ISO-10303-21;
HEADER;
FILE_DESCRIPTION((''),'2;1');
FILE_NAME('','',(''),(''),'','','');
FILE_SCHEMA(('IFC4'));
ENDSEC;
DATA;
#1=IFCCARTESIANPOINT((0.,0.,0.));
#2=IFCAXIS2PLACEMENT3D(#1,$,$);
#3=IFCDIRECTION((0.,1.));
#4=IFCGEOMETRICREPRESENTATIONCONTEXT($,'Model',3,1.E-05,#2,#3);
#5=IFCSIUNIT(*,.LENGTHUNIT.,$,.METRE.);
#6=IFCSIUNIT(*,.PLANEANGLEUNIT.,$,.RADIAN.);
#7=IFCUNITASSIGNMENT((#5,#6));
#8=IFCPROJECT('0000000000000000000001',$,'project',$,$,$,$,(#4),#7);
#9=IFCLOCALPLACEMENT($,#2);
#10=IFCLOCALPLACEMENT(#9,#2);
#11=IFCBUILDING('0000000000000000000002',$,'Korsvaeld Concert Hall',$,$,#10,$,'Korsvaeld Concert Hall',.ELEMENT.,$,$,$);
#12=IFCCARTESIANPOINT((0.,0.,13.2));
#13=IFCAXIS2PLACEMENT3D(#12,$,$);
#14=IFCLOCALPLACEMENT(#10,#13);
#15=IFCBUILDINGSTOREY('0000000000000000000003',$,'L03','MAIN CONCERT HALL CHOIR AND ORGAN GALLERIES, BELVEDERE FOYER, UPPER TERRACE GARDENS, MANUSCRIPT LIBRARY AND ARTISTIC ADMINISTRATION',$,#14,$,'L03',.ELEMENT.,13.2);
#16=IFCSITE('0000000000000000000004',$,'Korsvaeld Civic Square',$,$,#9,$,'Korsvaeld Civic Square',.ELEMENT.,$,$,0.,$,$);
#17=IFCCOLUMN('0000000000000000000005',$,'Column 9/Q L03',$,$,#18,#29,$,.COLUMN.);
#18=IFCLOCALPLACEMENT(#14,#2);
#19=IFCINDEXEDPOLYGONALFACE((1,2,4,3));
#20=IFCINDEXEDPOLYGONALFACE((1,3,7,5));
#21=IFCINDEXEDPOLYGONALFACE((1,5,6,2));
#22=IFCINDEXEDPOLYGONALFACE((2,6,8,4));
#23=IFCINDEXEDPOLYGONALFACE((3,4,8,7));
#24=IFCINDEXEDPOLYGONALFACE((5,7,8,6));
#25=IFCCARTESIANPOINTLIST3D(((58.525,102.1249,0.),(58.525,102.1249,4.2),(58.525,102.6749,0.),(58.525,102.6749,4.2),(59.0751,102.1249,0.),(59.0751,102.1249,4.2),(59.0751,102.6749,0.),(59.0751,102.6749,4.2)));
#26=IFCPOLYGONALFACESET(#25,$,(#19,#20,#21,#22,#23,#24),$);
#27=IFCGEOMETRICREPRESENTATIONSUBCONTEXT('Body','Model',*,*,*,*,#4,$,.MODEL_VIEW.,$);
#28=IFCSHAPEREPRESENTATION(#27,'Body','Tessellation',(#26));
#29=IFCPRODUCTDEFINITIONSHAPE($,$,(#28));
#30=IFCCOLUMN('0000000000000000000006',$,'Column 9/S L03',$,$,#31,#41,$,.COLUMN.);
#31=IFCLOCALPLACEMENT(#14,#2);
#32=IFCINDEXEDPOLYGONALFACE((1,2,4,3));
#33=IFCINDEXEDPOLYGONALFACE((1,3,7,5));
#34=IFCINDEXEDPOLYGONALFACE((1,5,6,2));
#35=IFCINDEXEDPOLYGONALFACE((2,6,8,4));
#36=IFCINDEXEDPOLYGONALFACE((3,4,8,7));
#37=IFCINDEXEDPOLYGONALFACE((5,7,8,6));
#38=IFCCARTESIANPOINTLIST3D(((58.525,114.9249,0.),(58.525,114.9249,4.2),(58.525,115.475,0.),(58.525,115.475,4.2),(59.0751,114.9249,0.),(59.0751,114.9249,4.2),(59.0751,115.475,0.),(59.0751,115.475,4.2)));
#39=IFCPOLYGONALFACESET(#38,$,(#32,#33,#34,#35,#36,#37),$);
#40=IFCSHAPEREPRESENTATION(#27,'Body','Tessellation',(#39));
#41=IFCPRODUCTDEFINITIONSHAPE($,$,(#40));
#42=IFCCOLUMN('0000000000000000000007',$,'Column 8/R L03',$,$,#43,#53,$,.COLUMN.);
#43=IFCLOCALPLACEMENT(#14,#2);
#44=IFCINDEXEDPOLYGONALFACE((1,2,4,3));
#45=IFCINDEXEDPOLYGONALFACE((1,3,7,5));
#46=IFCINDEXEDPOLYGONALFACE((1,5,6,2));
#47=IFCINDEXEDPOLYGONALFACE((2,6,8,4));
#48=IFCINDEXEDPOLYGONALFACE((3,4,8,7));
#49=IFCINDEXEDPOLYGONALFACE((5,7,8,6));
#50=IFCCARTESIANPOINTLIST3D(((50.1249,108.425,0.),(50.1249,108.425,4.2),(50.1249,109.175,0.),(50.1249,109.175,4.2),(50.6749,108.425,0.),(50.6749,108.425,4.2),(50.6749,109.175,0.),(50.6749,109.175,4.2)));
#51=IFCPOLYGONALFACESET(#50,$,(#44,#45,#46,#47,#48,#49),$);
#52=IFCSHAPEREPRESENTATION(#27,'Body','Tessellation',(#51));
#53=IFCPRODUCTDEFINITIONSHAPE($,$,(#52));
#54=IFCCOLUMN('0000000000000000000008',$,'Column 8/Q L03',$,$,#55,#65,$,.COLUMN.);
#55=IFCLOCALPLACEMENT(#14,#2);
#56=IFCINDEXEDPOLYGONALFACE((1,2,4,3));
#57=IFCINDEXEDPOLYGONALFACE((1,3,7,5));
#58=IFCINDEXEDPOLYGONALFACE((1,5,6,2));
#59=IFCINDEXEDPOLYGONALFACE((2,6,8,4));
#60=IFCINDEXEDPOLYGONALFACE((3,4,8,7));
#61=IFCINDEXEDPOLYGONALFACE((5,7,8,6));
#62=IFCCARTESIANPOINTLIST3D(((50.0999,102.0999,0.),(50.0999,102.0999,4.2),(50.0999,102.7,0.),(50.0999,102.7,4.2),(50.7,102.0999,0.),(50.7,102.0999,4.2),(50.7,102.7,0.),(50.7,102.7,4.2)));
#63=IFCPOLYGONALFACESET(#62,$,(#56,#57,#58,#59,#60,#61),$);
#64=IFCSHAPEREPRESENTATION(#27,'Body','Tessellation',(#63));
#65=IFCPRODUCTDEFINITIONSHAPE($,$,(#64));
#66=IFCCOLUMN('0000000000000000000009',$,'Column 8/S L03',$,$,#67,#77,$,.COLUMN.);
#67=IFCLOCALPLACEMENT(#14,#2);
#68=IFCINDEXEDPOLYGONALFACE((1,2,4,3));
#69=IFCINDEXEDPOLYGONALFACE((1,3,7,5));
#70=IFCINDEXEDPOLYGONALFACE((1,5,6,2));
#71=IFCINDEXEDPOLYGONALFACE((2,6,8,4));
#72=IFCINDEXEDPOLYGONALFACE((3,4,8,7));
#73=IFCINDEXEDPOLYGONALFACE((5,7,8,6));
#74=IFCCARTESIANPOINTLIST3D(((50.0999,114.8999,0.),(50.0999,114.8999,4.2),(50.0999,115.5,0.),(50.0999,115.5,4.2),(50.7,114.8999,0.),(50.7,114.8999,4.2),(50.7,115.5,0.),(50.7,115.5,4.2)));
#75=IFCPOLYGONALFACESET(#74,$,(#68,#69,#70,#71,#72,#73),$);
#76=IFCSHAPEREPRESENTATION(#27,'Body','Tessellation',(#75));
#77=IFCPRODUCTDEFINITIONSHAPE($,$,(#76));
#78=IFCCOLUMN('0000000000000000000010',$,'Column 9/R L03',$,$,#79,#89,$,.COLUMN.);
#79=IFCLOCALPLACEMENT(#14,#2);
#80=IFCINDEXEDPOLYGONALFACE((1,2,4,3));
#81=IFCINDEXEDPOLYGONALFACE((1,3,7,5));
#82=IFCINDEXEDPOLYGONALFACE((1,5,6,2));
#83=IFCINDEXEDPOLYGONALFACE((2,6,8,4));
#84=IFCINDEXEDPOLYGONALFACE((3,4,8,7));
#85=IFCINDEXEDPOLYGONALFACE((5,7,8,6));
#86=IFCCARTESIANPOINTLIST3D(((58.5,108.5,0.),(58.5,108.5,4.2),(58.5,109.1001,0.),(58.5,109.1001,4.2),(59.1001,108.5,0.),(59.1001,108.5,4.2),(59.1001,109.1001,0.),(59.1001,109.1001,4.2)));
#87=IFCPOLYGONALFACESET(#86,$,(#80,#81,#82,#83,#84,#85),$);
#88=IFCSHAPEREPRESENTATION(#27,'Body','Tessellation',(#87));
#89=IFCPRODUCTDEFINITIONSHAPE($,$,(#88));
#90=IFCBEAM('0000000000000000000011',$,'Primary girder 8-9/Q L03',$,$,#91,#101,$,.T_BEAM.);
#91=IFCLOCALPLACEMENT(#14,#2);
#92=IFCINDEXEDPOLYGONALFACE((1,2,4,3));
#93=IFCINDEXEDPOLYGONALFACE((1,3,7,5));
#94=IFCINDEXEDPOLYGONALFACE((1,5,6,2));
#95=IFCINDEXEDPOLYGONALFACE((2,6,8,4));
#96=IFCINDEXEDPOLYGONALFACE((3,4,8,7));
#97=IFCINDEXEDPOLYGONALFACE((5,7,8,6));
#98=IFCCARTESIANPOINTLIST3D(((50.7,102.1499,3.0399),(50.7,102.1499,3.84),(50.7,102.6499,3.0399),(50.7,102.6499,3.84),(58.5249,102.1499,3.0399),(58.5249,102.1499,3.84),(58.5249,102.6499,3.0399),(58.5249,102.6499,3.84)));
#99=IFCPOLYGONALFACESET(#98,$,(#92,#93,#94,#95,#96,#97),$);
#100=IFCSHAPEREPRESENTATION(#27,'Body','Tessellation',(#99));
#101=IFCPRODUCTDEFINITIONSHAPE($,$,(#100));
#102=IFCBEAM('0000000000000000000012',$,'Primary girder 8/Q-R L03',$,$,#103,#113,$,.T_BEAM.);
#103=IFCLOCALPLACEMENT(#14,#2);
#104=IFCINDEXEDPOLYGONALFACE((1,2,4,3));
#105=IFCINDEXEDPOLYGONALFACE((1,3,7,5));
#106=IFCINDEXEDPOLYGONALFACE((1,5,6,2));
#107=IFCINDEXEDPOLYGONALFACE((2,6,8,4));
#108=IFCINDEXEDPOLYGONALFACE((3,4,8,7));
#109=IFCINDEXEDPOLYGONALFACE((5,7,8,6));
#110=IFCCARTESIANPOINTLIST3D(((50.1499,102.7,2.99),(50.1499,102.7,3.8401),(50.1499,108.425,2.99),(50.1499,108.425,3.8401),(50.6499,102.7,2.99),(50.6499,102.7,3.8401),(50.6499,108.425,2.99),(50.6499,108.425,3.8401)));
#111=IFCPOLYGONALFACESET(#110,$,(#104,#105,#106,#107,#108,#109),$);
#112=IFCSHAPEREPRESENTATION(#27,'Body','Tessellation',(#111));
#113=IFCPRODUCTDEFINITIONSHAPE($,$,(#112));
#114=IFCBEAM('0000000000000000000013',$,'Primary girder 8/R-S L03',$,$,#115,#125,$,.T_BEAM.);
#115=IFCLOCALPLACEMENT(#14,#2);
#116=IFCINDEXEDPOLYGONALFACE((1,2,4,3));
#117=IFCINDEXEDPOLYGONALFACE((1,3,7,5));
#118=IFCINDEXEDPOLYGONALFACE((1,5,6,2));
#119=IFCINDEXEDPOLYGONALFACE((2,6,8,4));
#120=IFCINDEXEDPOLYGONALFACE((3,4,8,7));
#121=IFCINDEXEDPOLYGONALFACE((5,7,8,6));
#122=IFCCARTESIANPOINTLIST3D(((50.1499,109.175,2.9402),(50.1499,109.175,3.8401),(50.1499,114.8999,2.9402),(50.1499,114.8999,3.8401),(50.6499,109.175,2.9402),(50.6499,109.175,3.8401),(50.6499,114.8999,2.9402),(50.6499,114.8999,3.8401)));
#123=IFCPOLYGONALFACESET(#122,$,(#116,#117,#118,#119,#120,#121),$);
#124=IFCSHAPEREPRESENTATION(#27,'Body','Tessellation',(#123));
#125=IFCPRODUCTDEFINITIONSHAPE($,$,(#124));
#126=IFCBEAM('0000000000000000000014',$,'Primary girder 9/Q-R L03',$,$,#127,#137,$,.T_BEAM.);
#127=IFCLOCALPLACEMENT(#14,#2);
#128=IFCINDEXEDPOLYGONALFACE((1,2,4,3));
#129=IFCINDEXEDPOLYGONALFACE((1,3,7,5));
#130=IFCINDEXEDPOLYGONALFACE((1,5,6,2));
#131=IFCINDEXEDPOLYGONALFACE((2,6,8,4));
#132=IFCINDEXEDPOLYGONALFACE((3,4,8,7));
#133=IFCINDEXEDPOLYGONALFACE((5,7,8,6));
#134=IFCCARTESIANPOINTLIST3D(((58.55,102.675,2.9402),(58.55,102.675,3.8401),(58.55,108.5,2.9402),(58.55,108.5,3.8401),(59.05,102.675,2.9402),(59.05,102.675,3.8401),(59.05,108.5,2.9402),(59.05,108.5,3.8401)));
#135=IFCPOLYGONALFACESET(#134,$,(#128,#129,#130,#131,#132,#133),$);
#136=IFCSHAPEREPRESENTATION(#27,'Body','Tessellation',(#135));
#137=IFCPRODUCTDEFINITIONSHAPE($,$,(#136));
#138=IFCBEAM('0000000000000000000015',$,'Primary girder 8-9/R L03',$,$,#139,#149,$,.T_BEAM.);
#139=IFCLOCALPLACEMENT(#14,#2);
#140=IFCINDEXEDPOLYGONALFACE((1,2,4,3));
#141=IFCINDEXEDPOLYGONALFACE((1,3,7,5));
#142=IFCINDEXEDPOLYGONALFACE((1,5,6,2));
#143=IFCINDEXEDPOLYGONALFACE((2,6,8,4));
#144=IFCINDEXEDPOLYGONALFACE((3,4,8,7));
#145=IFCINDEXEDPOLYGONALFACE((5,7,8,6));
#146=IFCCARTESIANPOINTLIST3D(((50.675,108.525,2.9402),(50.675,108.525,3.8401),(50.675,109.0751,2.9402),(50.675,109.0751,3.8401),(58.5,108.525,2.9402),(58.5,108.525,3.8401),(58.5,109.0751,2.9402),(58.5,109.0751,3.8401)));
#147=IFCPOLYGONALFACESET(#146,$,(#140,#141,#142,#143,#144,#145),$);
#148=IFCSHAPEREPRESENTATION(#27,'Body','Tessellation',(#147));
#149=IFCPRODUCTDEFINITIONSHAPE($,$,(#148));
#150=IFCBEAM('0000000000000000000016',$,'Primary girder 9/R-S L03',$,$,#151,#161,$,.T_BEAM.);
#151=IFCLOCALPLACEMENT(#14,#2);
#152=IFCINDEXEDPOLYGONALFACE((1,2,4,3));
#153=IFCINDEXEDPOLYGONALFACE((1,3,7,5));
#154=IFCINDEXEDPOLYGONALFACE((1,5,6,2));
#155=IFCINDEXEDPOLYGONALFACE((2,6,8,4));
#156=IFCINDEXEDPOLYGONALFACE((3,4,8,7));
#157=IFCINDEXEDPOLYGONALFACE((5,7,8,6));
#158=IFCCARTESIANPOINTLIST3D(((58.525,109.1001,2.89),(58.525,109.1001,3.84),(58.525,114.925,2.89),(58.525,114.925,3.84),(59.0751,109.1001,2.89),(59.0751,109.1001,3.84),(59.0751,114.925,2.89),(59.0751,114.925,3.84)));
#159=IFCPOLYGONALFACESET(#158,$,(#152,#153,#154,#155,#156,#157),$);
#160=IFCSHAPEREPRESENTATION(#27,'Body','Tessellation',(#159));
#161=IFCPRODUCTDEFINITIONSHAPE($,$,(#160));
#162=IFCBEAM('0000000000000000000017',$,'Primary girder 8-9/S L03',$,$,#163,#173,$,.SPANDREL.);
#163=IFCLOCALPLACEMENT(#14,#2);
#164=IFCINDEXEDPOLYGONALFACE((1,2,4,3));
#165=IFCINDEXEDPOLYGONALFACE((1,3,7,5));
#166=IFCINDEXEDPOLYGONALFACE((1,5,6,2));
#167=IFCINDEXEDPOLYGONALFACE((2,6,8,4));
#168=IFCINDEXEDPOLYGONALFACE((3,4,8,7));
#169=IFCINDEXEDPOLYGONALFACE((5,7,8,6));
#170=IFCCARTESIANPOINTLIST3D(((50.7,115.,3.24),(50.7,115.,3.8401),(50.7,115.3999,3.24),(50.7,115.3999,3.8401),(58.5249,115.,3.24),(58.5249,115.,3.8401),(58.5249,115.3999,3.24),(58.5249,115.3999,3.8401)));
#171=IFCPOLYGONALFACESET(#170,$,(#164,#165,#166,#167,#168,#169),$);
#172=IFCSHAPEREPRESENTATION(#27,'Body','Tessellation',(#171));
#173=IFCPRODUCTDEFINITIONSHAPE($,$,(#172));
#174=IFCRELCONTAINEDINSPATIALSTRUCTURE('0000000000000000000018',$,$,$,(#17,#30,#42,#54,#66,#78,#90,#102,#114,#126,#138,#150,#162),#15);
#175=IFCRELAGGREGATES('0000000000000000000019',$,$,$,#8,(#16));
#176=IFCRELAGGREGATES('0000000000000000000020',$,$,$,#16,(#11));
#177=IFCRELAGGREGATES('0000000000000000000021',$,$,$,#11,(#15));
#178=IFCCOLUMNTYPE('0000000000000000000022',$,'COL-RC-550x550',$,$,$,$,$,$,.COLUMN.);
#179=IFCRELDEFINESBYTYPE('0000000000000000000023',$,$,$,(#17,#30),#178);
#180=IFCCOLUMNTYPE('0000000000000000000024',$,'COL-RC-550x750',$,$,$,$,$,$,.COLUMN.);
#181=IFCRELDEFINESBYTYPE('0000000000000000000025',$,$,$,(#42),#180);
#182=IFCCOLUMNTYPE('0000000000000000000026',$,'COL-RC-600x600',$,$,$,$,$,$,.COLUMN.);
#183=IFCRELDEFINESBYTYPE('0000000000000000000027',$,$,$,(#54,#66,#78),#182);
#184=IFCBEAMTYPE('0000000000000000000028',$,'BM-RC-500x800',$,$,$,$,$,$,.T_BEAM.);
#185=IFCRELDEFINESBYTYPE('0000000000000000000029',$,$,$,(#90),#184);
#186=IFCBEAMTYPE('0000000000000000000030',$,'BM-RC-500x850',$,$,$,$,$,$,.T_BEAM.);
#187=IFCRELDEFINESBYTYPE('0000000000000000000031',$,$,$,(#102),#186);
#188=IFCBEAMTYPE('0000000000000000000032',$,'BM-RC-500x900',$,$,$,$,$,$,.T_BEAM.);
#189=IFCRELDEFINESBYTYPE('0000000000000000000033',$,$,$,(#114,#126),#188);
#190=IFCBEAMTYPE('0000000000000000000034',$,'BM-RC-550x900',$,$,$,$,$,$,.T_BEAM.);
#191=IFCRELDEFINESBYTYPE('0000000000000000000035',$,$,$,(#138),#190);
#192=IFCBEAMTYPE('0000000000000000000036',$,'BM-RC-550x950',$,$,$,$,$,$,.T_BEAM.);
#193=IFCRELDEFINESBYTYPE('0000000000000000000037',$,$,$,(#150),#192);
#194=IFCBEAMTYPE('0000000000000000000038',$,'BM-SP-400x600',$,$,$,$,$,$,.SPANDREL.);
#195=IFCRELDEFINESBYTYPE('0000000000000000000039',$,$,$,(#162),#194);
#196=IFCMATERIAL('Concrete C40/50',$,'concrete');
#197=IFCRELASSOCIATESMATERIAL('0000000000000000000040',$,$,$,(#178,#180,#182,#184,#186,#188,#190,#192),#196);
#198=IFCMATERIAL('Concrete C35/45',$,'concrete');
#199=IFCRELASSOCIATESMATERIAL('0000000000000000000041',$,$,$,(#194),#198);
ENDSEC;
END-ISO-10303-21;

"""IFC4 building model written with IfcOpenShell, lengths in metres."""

from ifc_helpers import new_model, si_unit, direction, frame, origin, origin_2d, place, context, subcontext, project, spatial, rectangle, extrude, material, material_profile, profile_set, type_object, element, save


model = new_model("IFC4")

# Units and contexts
model_context = context("Model", 3, precision=1e-05, world=origin(), true_north=direction((0.0, 1.0)))
body_context = subcontext(model_context, "Body", "Model", "MODEL_VIEW")
ifc_project = project(units=[si_unit("LENGTHUNIT", "METRE"), si_unit("PLANEANGLEUNIT", "RADIAN")], contexts=[model_context])

# Site, building, storey
site_placement = place(None, origin())
site = spatial("IfcSite", under=ifc_project, at=site_placement, Name="Korsvaeld Civic Square", LongName="Korsvaeld Civic Square", CompositionType="ELEMENT", RefElevation=0.0)
building_placement = place(site_placement, origin())
building = spatial("IfcBuilding", under=site, at=building_placement, Name="Korsvaeld Concert Hall", LongName="Korsvaeld Concert Hall", CompositionType="ELEMENT")
storey_placement = place(building_placement, frame((0.0, 0.0, 13.2)))
storey = spatial("IfcBuildingStorey", under=building, at=storey_placement, Name="L03", Description="MAIN CONCERT HALL CHOIR AND ORGAN GALLERIES, BELVEDERE FOYER, UPPER TERRACE GARDENS, MANUSCRIPT LIBRARY AND ARTISTIC ADMINISTRATION", LongName="L03", CompositionType="ELEMENT", Elevation=13.2)

# Columns
ifc_material_1 = material(Name="Concrete C40/50", Category="concrete")
ifc_material_profile_1 = material_profile(ifc_material_1, rectangle(XDim=0.55, YDim=0.55, at=origin_2d()), Name="RC 550x550")
ifc_profile_set_1 = profile_set([ifc_material_profile_1], Name="Concrete C40/50")
column_type_1 = type_object("IfcColumnType", Name="COL-RC-550x550", PredefinedType="COLUMN", material=ifc_profile_set_1)
for number, where, z_axis, x_axis, name in (
    (1, (58.8, 102.3999, 0.0), (0.0, 0.0, 1.0), (1.0, 0.0, 0.0), "Column 9/Q L03"),
    (2, (58.8, 115.2, 0.0), (0.0, 0.0, 1.0), (1.0, 0.0, 0.0), "Column 9/S L03"),
):
    element("IfcColumn", number, at=place(storey_placement, frame(where, z_axis=z_axis, x_axis=x_axis)), inside=storey, type_object=column_type_1, Name=name, PredefinedType="COLUMN", context=body_context, shape_type="SweptSolid", body=[
        extrude(rectangle(XDim=0.55, YDim=0.55, at=origin_2d()), origin(), (0.0, 0.0, 1.0), 4.2),
    ])
ifc_material_profile_2 = material_profile(ifc_material_1, rectangle(XDim=0.55, YDim=0.75, at=origin_2d()), Name="RC 550x750")
ifc_profile_set_2 = profile_set([ifc_material_profile_2], Name="Concrete C40/50")
column_type_2 = type_object("IfcColumnType", Name="COL-RC-550x750", PredefinedType="COLUMN", material=ifc_profile_set_2)
column_placement = place(storey_placement, frame((50.3999, 108.8, 0.0), z_axis=(0.0, 0.0, 1.0), x_axis=(1.0, 0.0, 0.0)))
element("IfcColumn", 3, at=column_placement, inside=storey, type_object=column_type_2, Name="Column 8/R L03", PredefinedType="COLUMN", context=body_context, shape_type="SweptSolid", body=[
    extrude(rectangle(XDim=0.55, YDim=0.75, at=origin_2d()), origin(), (0.0, 0.0, 1.0), 4.2),
])
ifc_material_profile_3 = material_profile(ifc_material_1, rectangle(XDim=0.6001, YDim=0.6001, at=origin_2d()), Name="RC 600x600")
ifc_profile_set_3 = profile_set([ifc_material_profile_3], Name="Concrete C40/50")
column_type_3 = type_object("IfcColumnType", Name="COL-RC-600x600", PredefinedType="COLUMN", material=ifc_profile_set_3)
for number, where, z_axis, x_axis, name in (
    (4, (50.3999, 102.3999, 0.0), (0.0, 0.0, 1.0), (1.0, 0.0, 0.0), "Column 8/Q L03"),
    (5, (50.3999, 115.2, 0.0), (0.0, 0.0, 1.0), (1.0, 0.0, 0.0), "Column 8/S L03"),
    (6, (58.8, 108.8, 0.0), (0.0, 0.0, 1.0), (1.0, 0.0, 0.0), "Column 9/R L03"),
):
    element("IfcColumn", number, at=place(storey_placement, frame(where, z_axis=z_axis, x_axis=x_axis)), inside=storey, type_object=column_type_3, Name=name, PredefinedType="COLUMN", context=body_context, shape_type="SweptSolid", body=[
        extrude(rectangle(XDim=0.6001, YDim=0.6001, at=origin_2d()), origin(), (0.0, 0.0, 1.0), 4.2),
    ])

# Beams
ifc_material_profile_4 = material_profile(ifc_material_1, rectangle(XDim=0.5, YDim=0.8, at=origin_2d()), Name="RC 500x800")
ifc_profile_set_4 = profile_set([ifc_material_profile_4], Name="Concrete C40/50")
beam_type_1 = type_object("IfcBeamType", Name="BM-RC-500x800", PredefinedType="T_BEAM", material=ifc_profile_set_4)
beam_1_placement = place(storey_placement, frame((50.7, 102.3999, 3.4399), z_axis=(1.0, 0.0, 0.0), x_axis=(0.0, 1.0, 0.0)))
element("IfcBeam", 7, at=beam_1_placement, inside=storey, type_object=beam_type_1, Name="Primary girder 8-9/Q L03", PredefinedType="T_BEAM", context=body_context, shape_type="SweptSolid", body=[
    extrude(rectangle(XDim=0.5, YDim=0.8, at=origin_2d()), origin(), (0.0, 0.0, 1.0), 7.825),
])
ifc_material_profile_5 = material_profile(ifc_material_1, rectangle(XDim=0.5, YDim=0.8501, at=origin_2d()), Name="RC 500x850")
ifc_profile_set_5 = profile_set([ifc_material_profile_5], Name="Concrete C40/50")
beam_type_2 = type_object("IfcBeamType", Name="BM-RC-500x850", PredefinedType="T_BEAM", material=ifc_profile_set_5)
beam_2_placement = place(storey_placement, frame((50.3999, 102.7, 3.415), z_axis=(0.0, 1.0, 0.0), x_axis=(-1.0, 0.0, 0.0)))
element("IfcBeam", 8, at=beam_2_placement, inside=storey, type_object=beam_type_2, Name="Primary girder 8/Q-R L03", PredefinedType="T_BEAM", context=body_context, shape_type="SweptSolid", body=[
    extrude(rectangle(XDim=0.5, YDim=0.8501, at=origin_2d()), origin(), (0.0, 0.0, 1.0), 5.7251),
])
ifc_material_profile_6 = material_profile(ifc_material_1, rectangle(XDim=0.5, YDim=0.8999, at=origin_2d()), Name="RC 500x900")
ifc_profile_set_6 = profile_set([ifc_material_profile_6], Name="Concrete C40/50")
beam_type_3 = type_object("IfcBeamType", Name="BM-RC-500x900", PredefinedType="T_BEAM", material=ifc_profile_set_6)
beam_3_placement = place(storey_placement, frame((50.3999, 109.175, 3.3901), z_axis=(0.0, 1.0, 0.0), x_axis=(-1.0, 0.0, 0.0)))
element("IfcBeam", 9, at=beam_3_placement, inside=storey, type_object=beam_type_3, Name="Primary girder 8/R-S L03", PredefinedType="T_BEAM", context=body_context, shape_type="SweptSolid", body=[
    extrude(rectangle(XDim=0.5, YDim=0.8999, at=origin_2d()), origin(), (0.0, 0.0, 1.0), 5.7249),
])
beam_4_placement = place(storey_placement, frame((58.8, 102.675, 3.3901), z_axis=(0.0, 1.0, 0.0), x_axis=(-1.0, 0.0, 0.0)))
element("IfcBeam", 10, at=beam_4_placement, inside=storey, type_object=beam_type_3, Name="Primary girder 9/Q-R L03", PredefinedType="T_BEAM", context=body_context, shape_type="SweptSolid", body=[
    extrude(rectangle(XDim=0.5, YDim=0.8999, at=origin_2d()), origin(), (0.0, 0.0, 1.0), 5.825),
])
ifc_material_profile_7 = material_profile(ifc_material_1, rectangle(XDim=0.55, YDim=0.8999, at=origin_2d()), Name="RC 550x900")
ifc_profile_set_7 = profile_set([ifc_material_profile_7], Name="Concrete C40/50")
beam_type_4 = type_object("IfcBeamType", Name="BM-RC-550x900", PredefinedType="T_BEAM", material=ifc_profile_set_7)
beam_5_placement = place(storey_placement, frame((50.675, 108.8, 3.3901), z_axis=(1.0, 0.0, 0.0), x_axis=(0.0, 1.0, 0.0)))
element("IfcBeam", 11, at=beam_5_placement, inside=storey, type_object=beam_type_4, Name="Primary girder 8-9/R L03", PredefinedType="T_BEAM", context=body_context, shape_type="SweptSolid", body=[
    extrude(rectangle(XDim=0.55, YDim=0.8999, at=origin_2d()), origin(), (0.0, 0.0, 1.0), 7.825),
])
ifc_material_profile_8 = material_profile(ifc_material_1, rectangle(XDim=0.55, YDim=0.95, at=origin_2d()), Name="RC 550x950")
ifc_profile_set_8 = profile_set([ifc_material_profile_8], Name="Concrete C40/50")
beam_type_5 = type_object("IfcBeamType", Name="BM-RC-550x950", PredefinedType="T_BEAM", material=ifc_profile_set_8)
beam_6_placement = place(storey_placement, frame((58.8, 109.1001, 3.365), z_axis=(0.0, 1.0, 0.0), x_axis=(-1.0, 0.0, 0.0)))
element("IfcBeam", 12, at=beam_6_placement, inside=storey, type_object=beam_type_5, Name="Primary girder 9/R-S L03", PredefinedType="T_BEAM", context=body_context, shape_type="SweptSolid", body=[
    extrude(rectangle(XDim=0.55, YDim=0.95, at=origin_2d()), origin(), (0.0, 0.0, 1.0), 5.825),
])
ifc_material_2 = material(Name="Concrete C35/45", Category="concrete")
ifc_material_profile_9 = material_profile(ifc_material_2, rectangle(XDim=0.3999, YDim=0.6001, at=origin_2d()), Name="RC 400x600")
ifc_profile_set_9 = profile_set([ifc_material_profile_9], Name="Concrete C35/45")
beam_type_6 = type_object("IfcBeamType", Name="BM-SP-400x600", PredefinedType="SPANDREL", material=ifc_profile_set_9)
beam_7_placement = place(storey_placement, frame((50.7, 115.2, 3.54), z_axis=(1.0, 0.0, 0.0), x_axis=(0.0, 1.0, 0.0)))
element("IfcBeam", 13, at=beam_7_placement, inside=storey, type_object=beam_type_6, Name="Primary girder 8-9/S L03", PredefinedType="SPANDREL", context=body_context, shape_type="SweptSolid", body=[
    extrude(rectangle(XDim=0.3999, YDim=0.6001, at=origin_2d()), origin(), (0.0, 0.0, 1.0), 7.825),
])

save(model, "model.ifc")
